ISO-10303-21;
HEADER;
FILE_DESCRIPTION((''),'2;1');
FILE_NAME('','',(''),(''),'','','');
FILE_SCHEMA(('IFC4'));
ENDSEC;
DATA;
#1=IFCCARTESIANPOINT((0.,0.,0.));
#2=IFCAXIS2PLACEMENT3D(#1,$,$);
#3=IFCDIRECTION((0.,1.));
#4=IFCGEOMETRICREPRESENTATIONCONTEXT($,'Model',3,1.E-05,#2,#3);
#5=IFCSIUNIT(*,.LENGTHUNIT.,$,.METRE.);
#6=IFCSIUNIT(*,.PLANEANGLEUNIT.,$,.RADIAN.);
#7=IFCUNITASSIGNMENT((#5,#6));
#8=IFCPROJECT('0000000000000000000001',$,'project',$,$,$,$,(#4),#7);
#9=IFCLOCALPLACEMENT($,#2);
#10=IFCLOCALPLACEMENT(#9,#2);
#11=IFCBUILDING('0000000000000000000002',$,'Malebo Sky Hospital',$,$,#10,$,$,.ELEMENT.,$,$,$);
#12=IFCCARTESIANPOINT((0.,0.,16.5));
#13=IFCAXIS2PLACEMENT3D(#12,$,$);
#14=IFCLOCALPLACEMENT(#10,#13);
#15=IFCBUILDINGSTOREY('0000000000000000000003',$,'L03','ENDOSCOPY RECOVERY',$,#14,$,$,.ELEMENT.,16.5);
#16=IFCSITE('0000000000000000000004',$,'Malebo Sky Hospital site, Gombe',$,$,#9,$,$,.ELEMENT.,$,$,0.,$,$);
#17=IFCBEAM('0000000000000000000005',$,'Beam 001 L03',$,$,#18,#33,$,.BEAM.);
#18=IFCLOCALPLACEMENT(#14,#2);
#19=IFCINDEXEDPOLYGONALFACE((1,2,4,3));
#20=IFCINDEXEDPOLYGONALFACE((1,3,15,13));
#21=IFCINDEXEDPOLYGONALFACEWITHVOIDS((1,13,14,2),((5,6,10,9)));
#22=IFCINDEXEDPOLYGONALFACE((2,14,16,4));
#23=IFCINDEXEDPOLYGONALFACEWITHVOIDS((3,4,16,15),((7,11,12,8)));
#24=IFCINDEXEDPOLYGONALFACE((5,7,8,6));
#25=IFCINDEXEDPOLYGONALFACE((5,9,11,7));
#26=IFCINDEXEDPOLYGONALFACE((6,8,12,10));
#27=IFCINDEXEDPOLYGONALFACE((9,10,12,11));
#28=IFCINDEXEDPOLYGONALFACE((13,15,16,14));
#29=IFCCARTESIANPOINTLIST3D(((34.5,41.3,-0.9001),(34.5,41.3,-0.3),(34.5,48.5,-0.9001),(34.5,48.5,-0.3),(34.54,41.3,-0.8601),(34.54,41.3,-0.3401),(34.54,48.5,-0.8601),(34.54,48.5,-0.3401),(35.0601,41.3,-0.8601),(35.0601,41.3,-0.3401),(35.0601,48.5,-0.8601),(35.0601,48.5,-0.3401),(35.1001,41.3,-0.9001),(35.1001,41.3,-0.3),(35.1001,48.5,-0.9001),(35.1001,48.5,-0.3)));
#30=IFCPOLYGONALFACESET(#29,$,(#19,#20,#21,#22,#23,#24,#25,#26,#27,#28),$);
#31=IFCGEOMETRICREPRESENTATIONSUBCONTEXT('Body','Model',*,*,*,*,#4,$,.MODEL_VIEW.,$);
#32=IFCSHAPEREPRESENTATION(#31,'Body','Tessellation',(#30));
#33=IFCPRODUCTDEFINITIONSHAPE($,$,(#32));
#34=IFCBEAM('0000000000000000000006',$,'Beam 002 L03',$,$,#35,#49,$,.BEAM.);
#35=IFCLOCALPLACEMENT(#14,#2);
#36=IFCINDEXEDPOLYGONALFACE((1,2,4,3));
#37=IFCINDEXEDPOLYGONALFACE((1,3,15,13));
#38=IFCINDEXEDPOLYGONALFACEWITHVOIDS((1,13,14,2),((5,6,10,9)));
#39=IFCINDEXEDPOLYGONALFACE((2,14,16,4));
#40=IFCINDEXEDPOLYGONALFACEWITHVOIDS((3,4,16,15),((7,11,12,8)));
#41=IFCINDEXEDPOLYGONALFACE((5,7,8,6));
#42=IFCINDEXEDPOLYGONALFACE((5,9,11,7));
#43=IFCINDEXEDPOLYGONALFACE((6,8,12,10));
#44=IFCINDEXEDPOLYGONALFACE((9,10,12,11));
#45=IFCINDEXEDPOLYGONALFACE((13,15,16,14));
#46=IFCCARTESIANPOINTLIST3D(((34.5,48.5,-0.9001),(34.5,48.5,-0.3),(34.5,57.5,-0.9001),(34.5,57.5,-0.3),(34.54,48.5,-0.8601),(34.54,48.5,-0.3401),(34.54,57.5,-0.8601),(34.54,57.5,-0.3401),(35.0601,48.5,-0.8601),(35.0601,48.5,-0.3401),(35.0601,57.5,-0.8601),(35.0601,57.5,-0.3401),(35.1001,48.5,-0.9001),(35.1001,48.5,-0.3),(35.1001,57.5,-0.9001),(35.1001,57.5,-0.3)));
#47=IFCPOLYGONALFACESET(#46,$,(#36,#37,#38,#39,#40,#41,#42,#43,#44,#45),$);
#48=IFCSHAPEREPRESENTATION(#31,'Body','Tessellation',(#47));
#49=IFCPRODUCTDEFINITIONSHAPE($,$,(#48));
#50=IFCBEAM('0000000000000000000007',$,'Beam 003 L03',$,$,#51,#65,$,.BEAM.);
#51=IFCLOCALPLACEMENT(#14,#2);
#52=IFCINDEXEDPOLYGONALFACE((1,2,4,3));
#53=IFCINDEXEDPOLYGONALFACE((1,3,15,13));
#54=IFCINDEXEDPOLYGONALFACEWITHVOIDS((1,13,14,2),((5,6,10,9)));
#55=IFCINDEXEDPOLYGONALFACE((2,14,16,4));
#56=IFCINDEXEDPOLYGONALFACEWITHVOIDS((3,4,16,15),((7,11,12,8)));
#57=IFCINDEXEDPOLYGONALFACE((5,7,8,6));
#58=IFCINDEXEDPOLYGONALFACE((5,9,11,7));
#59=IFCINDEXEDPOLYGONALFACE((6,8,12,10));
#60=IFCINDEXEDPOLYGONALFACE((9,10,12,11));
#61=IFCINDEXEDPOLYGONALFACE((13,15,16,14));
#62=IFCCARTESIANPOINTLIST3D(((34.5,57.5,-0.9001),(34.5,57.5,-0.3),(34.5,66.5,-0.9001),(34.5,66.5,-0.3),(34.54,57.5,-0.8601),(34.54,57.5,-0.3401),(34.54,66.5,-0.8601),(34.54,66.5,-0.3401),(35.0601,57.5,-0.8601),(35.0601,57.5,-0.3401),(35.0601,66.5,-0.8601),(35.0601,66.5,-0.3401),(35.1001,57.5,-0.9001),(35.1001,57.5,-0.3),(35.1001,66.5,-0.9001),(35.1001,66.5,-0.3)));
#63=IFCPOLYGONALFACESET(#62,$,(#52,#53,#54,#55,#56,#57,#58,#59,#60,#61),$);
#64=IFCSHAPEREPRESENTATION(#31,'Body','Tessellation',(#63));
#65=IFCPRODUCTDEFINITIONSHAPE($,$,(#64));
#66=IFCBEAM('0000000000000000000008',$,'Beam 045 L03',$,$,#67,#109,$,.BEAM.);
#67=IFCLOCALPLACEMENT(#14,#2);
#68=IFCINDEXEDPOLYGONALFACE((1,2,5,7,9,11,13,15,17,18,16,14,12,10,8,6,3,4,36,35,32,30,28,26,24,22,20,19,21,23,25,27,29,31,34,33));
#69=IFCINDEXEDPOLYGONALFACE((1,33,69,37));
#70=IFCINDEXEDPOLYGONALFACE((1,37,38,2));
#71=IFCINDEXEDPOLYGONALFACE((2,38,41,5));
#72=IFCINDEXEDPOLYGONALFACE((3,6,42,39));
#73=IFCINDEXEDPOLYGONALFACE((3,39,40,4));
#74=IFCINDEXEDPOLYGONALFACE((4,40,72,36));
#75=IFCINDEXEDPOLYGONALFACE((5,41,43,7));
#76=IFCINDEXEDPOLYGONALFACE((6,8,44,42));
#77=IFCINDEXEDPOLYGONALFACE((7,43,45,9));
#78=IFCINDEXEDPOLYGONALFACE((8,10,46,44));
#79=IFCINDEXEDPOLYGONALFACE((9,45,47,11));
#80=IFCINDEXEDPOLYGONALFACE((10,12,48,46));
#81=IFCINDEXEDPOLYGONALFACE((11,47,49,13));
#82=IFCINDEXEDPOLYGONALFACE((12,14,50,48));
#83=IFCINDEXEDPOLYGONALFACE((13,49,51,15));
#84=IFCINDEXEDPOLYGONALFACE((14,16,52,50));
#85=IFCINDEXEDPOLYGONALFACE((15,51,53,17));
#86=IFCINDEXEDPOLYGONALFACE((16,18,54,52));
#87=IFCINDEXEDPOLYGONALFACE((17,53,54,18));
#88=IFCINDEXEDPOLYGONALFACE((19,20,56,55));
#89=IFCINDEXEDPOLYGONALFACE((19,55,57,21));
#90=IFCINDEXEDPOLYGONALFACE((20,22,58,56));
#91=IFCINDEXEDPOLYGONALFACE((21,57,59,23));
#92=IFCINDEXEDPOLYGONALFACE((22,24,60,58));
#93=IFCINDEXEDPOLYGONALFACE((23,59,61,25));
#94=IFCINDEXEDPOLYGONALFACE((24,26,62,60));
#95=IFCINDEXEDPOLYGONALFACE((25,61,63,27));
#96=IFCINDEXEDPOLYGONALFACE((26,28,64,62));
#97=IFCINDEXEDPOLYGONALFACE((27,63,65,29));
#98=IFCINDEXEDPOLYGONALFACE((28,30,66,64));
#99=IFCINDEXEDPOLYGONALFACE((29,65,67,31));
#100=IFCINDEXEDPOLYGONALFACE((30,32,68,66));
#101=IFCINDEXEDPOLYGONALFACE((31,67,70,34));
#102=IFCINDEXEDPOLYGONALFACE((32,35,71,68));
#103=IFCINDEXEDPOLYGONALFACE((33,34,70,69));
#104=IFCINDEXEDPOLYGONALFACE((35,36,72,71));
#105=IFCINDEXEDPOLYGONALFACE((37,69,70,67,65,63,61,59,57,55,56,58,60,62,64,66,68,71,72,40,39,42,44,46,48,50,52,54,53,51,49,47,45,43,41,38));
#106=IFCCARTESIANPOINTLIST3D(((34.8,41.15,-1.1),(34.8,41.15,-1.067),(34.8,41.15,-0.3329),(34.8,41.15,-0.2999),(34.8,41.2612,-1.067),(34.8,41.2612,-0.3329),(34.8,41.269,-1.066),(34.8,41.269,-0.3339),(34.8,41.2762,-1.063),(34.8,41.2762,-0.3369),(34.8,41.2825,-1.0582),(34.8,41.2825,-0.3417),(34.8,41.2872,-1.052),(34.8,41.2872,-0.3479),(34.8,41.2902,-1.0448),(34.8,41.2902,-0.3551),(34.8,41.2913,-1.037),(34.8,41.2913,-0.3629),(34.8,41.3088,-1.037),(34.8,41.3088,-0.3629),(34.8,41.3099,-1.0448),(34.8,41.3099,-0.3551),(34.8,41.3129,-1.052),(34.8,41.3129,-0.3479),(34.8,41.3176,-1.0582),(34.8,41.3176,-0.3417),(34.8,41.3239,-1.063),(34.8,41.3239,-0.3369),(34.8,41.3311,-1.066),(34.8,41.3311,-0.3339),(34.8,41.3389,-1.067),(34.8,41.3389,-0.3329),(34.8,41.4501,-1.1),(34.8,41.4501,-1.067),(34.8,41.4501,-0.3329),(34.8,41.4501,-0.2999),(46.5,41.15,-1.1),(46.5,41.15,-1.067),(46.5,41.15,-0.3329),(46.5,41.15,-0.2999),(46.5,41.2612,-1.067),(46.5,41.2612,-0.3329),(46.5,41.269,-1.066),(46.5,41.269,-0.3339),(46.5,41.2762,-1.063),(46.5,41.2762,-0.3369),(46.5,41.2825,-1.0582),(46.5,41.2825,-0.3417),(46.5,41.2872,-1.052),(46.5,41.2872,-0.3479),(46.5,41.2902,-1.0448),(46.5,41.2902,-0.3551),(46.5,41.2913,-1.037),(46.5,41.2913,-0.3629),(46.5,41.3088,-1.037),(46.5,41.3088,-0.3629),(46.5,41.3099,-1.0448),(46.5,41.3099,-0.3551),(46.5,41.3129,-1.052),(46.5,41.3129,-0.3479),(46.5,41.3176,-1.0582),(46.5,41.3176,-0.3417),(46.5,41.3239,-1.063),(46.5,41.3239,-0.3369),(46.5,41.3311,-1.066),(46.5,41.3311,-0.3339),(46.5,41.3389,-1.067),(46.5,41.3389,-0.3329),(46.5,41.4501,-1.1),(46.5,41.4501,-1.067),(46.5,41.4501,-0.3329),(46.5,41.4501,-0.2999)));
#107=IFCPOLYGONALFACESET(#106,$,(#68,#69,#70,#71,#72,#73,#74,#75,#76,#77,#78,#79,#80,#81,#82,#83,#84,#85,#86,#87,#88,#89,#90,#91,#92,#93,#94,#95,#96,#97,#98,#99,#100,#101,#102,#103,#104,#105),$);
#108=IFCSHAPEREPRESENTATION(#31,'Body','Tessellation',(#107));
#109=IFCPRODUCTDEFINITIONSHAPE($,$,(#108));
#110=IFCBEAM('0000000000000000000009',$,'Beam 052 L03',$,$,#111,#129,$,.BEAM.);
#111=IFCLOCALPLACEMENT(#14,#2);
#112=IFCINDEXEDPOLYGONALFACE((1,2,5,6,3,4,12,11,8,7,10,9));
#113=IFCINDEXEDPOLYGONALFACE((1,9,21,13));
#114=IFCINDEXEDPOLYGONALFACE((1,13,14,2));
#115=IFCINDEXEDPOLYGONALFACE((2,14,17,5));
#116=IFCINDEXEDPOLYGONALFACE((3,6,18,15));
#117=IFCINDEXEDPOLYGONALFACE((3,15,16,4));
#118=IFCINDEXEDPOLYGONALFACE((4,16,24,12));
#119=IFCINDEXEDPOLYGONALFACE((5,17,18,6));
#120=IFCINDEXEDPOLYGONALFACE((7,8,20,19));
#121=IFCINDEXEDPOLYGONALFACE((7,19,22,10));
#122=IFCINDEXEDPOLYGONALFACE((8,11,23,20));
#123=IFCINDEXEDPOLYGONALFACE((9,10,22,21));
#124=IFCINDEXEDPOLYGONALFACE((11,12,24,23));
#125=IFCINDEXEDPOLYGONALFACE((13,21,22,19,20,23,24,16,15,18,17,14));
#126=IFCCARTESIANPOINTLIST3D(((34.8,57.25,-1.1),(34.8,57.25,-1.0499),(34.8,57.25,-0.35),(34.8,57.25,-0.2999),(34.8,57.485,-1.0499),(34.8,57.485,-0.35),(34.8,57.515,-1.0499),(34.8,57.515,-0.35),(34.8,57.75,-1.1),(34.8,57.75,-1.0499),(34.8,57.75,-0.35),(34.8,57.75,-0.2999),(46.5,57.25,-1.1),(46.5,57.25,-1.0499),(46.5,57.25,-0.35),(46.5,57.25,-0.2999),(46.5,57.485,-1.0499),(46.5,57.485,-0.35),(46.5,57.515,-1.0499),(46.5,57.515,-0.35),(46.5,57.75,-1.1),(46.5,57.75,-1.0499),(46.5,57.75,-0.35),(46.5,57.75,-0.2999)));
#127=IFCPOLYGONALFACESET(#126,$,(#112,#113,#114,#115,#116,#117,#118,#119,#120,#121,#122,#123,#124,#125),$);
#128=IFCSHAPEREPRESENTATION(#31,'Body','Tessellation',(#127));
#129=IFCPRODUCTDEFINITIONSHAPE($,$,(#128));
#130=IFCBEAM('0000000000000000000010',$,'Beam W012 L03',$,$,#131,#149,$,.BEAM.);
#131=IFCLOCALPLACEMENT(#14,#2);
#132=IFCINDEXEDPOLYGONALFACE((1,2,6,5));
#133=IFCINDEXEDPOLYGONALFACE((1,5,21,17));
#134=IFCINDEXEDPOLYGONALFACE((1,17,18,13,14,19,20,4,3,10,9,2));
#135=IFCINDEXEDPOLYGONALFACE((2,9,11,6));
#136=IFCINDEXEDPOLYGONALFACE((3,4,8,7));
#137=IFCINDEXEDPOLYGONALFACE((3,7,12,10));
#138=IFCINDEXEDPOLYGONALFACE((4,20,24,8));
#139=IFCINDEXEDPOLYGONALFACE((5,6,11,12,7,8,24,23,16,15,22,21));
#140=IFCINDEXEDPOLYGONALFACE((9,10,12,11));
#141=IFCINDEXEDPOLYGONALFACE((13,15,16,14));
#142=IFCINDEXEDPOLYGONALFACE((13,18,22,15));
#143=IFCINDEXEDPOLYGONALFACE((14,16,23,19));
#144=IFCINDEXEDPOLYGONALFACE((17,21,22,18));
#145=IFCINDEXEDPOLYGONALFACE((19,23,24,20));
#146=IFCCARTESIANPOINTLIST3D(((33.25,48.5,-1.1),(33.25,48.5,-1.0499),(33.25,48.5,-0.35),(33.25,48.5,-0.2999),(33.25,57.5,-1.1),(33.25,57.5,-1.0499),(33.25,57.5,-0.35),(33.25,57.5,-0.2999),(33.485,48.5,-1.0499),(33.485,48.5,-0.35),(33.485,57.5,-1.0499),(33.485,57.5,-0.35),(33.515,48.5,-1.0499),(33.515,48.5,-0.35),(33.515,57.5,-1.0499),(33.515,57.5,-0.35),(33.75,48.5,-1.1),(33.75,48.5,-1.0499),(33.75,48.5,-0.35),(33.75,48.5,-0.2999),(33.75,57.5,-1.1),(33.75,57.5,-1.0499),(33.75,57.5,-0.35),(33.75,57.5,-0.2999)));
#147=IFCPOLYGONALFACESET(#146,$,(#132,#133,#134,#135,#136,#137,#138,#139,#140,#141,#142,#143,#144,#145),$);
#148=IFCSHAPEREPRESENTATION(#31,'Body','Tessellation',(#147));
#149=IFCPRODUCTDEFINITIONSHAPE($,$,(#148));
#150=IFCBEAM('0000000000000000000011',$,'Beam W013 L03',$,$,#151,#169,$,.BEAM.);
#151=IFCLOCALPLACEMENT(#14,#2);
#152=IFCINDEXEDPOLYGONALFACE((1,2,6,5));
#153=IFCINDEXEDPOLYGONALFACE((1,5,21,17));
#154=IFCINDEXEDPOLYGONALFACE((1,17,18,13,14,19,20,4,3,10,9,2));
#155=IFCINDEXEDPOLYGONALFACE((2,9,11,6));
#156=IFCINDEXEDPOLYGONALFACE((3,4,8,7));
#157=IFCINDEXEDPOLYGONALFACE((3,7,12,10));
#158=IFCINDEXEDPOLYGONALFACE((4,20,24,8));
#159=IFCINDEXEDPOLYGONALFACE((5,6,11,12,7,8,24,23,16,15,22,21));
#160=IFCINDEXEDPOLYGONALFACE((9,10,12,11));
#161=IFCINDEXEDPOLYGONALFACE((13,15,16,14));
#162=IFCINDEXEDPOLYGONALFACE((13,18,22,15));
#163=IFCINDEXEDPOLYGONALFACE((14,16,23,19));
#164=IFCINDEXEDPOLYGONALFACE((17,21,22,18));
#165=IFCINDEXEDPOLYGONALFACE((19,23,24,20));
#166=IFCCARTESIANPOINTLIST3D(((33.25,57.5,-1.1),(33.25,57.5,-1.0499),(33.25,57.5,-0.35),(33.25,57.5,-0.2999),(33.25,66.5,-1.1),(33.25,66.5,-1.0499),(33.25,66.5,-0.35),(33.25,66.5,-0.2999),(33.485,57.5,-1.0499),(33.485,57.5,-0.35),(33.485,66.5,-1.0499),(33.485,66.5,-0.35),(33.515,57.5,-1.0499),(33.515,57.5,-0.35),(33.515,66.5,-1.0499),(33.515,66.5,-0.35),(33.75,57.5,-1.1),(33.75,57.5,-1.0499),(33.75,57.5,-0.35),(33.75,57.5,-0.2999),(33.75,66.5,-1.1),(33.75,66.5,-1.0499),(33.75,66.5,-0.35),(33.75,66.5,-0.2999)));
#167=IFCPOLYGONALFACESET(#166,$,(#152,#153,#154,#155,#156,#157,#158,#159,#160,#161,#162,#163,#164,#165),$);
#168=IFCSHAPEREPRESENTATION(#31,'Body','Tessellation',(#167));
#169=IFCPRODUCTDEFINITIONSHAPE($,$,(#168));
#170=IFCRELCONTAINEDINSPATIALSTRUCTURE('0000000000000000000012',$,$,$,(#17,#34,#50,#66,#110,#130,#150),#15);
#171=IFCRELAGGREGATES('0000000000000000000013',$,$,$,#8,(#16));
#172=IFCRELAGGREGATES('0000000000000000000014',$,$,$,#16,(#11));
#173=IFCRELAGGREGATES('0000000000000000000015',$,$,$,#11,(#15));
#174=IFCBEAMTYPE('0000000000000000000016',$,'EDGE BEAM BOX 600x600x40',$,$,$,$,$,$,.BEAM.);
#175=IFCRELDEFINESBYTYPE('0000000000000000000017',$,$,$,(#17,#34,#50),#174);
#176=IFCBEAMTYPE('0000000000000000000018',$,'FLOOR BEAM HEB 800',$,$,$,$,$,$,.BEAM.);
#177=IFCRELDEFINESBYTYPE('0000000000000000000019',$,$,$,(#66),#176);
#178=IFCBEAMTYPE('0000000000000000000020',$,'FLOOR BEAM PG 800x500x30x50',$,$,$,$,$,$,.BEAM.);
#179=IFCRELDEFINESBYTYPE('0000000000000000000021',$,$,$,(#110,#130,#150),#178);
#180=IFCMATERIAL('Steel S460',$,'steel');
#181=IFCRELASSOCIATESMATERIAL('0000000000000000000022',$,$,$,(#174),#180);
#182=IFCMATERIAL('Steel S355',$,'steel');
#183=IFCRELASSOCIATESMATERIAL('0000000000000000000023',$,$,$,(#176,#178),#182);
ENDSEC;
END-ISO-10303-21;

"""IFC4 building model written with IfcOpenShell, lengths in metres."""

from ifc_helpers import new_model, si_unit, direction, frame, origin, origin_2d, place, context, subcontext, project, spatial, hollow_rectangle, i_section, extrude, material, material_profile, profile_set, type_object, element, save


model = new_model("IFC4")

# Units and contexts
model_context = context("Model", 3, precision=1e-05, world=origin(), true_north=direction((0.0, 1.0)))
body_context = subcontext(model_context, "Body", "Model", "MODEL_VIEW")
ifc_project = project(units=[si_unit("LENGTHUNIT", "METRE"), si_unit("PLANEANGLEUNIT", "RADIAN")], contexts=[model_context])

# Site, building, storey
site_placement = place(None, origin())
site = spatial("IfcSite", under=ifc_project, at=site_placement, Name="Malebo Sky Hospital site, Gombe", CompositionType="ELEMENT", RefElevation=0.0)
building_placement = place(site_placement, origin())
building = spatial("IfcBuilding", under=site, at=building_placement, Name="Malebo Sky Hospital", CompositionType="ELEMENT")
storey_placement = place(building_placement, frame((0.0, 0.0, 16.5)))
storey = spatial("IfcBuildingStorey", under=building, at=storey_placement, Name="L03", Description="ENDOSCOPY RECOVERY", CompositionType="ELEMENT", Elevation=16.5)

# Shared definitions
ifc_material_1 = material(Name="Steel S460", Category="steel")
ifc_material_2 = material(Name="Steel S355", Category="steel")

# Beams
ifc_material_profile_1 = material_profile(ifc_material_1, hollow_rectangle(XDim=0.6001, YDim=0.6001, WallThickness=0.04, at=origin_2d()), Name="BOX 600x600x40")
ifc_profile_set_1 = profile_set([ifc_material_profile_1], Name="Steel S460")
beam_type_1 = type_object("IfcBeamType", Name="EDGE BEAM BOX 600x600x40", PredefinedType="BEAM", material=ifc_profile_set_1)
beam_1_placement = place(storey_placement, frame((34.8, 41.3, -0.6001), z_axis=(0.0, 1.0, 0.0), x_axis=(-1.0, 0.0, 0.0)))
element("IfcBeam", 1, at=beam_1_placement, inside=storey, type_object=beam_type_1, Name="Beam 001 L03", PredefinedType="BEAM", context=body_context, shape_type="SweptSolid", body=[
    extrude(hollow_rectangle(XDim=0.6001, YDim=0.6001, WallThickness=0.04, at=origin_2d()), origin(), (0.0, 0.0, 1.0), 7.2),
])
for number, where, z_axis, x_axis, name in (
    (2, (34.8, 48.5, -0.6001), (0.0, 1.0, 0.0), (-1.0, 0.0, 0.0), "Beam 002 L03"),
    (3, (34.8, 57.5, -0.6001), (0.0, 1.0, 0.0), (-1.0, 0.0, 0.0), "Beam 003 L03"),
):
    element("IfcBeam", number, at=place(storey_placement, frame(where, z_axis=z_axis, x_axis=x_axis)), inside=storey, type_object=beam_type_1, Name=name, PredefinedType="BEAM", context=body_context, shape_type="SweptSolid", body=[
        extrude(hollow_rectangle(XDim=0.6001, YDim=0.6001, WallThickness=0.04, at=origin_2d()), origin(), (0.0, 0.0, 1.0), 9.0),
    ])
ifc_material_profile_2 = material_profile(ifc_material_2, i_section(OverallWidth=0.3, OverallDepth=0.8, WebThickness=0.0176, FlangeThickness=0.033, FilletRadius=0.03, at=origin_2d()), Name="HEB 800")
ifc_profile_set_2 = profile_set([ifc_material_profile_2], Name="Steel S355")
beam_type_2 = type_object("IfcBeamType", Name="FLOOR BEAM HEB 800", PredefinedType="BEAM", material=ifc_profile_set_2)
beam_2_placement = place(storey_placement, frame((34.8, 41.3, -0.7), z_axis=(1.0, 0.0, 0.0), x_axis=(0.0, 1.0, 0.0)))
element("IfcBeam", 4, at=beam_2_placement, inside=storey, type_object=beam_type_2, Name="Beam 045 L03", PredefinedType="BEAM", context=body_context, shape_type="SweptSolid", body=[
    extrude(i_section(OverallWidth=0.3, OverallDepth=0.8, WebThickness=0.0176, FlangeThickness=0.033, FilletRadius=0.03, at=origin_2d()), origin(), (0.0, 0.0, 1.0), 11.7),
])
ifc_material_profile_3 = material_profile(ifc_material_2, i_section(OverallWidth=0.5, OverallDepth=0.8, WebThickness=0.03, FlangeThickness=0.05, at=origin_2d()), Name="PG 800x500x30x50")
ifc_profile_set_3 = profile_set([ifc_material_profile_3], Name="Steel S355")
beam_type_3 = type_object("IfcBeamType", Name="FLOOR BEAM PG 800x500x30x50", PredefinedType="BEAM", material=ifc_profile_set_3)
beam_3_placement = place(storey_placement, frame((34.8, 57.5, -0.7), z_axis=(1.0, 0.0, 0.0), x_axis=(0.0, 1.0, 0.0)))
element("IfcBeam", 5, at=beam_3_placement, inside=storey, type_object=beam_type_3, Name="Beam 052 L03", PredefinedType="BEAM", context=body_context, shape_type="SweptSolid", body=[
    extrude(i_section(OverallWidth=0.5, OverallDepth=0.8, WebThickness=0.03, FlangeThickness=0.05, at=origin_2d()), origin(), (0.0, 0.0, 1.0), 11.7),
])
for number, where, z_axis, x_axis, name in (
    (6, (33.5, 48.5, -0.7), (0.0, 1.0, 0.0), (-1.0, 0.0, 0.0), "Beam W012 L03"),
    (7, (33.5, 57.5, -0.7), (0.0, 1.0, 0.0), (-1.0, 0.0, 0.0), "Beam W013 L03"),
):
    element("IfcBeam", number, at=place(storey_placement, frame(where, z_axis=z_axis, x_axis=x_axis)), inside=storey, type_object=beam_type_3, Name=name, PredefinedType="BEAM", context=body_context, shape_type="SweptSolid", body=[
        extrude(i_section(OverallWidth=0.5, OverallDepth=0.8, WebThickness=0.03, FlangeThickness=0.05, at=origin_2d()), origin(), (0.0, 0.0, 1.0), 9.0),
    ])

save(model, "model.ifc")
